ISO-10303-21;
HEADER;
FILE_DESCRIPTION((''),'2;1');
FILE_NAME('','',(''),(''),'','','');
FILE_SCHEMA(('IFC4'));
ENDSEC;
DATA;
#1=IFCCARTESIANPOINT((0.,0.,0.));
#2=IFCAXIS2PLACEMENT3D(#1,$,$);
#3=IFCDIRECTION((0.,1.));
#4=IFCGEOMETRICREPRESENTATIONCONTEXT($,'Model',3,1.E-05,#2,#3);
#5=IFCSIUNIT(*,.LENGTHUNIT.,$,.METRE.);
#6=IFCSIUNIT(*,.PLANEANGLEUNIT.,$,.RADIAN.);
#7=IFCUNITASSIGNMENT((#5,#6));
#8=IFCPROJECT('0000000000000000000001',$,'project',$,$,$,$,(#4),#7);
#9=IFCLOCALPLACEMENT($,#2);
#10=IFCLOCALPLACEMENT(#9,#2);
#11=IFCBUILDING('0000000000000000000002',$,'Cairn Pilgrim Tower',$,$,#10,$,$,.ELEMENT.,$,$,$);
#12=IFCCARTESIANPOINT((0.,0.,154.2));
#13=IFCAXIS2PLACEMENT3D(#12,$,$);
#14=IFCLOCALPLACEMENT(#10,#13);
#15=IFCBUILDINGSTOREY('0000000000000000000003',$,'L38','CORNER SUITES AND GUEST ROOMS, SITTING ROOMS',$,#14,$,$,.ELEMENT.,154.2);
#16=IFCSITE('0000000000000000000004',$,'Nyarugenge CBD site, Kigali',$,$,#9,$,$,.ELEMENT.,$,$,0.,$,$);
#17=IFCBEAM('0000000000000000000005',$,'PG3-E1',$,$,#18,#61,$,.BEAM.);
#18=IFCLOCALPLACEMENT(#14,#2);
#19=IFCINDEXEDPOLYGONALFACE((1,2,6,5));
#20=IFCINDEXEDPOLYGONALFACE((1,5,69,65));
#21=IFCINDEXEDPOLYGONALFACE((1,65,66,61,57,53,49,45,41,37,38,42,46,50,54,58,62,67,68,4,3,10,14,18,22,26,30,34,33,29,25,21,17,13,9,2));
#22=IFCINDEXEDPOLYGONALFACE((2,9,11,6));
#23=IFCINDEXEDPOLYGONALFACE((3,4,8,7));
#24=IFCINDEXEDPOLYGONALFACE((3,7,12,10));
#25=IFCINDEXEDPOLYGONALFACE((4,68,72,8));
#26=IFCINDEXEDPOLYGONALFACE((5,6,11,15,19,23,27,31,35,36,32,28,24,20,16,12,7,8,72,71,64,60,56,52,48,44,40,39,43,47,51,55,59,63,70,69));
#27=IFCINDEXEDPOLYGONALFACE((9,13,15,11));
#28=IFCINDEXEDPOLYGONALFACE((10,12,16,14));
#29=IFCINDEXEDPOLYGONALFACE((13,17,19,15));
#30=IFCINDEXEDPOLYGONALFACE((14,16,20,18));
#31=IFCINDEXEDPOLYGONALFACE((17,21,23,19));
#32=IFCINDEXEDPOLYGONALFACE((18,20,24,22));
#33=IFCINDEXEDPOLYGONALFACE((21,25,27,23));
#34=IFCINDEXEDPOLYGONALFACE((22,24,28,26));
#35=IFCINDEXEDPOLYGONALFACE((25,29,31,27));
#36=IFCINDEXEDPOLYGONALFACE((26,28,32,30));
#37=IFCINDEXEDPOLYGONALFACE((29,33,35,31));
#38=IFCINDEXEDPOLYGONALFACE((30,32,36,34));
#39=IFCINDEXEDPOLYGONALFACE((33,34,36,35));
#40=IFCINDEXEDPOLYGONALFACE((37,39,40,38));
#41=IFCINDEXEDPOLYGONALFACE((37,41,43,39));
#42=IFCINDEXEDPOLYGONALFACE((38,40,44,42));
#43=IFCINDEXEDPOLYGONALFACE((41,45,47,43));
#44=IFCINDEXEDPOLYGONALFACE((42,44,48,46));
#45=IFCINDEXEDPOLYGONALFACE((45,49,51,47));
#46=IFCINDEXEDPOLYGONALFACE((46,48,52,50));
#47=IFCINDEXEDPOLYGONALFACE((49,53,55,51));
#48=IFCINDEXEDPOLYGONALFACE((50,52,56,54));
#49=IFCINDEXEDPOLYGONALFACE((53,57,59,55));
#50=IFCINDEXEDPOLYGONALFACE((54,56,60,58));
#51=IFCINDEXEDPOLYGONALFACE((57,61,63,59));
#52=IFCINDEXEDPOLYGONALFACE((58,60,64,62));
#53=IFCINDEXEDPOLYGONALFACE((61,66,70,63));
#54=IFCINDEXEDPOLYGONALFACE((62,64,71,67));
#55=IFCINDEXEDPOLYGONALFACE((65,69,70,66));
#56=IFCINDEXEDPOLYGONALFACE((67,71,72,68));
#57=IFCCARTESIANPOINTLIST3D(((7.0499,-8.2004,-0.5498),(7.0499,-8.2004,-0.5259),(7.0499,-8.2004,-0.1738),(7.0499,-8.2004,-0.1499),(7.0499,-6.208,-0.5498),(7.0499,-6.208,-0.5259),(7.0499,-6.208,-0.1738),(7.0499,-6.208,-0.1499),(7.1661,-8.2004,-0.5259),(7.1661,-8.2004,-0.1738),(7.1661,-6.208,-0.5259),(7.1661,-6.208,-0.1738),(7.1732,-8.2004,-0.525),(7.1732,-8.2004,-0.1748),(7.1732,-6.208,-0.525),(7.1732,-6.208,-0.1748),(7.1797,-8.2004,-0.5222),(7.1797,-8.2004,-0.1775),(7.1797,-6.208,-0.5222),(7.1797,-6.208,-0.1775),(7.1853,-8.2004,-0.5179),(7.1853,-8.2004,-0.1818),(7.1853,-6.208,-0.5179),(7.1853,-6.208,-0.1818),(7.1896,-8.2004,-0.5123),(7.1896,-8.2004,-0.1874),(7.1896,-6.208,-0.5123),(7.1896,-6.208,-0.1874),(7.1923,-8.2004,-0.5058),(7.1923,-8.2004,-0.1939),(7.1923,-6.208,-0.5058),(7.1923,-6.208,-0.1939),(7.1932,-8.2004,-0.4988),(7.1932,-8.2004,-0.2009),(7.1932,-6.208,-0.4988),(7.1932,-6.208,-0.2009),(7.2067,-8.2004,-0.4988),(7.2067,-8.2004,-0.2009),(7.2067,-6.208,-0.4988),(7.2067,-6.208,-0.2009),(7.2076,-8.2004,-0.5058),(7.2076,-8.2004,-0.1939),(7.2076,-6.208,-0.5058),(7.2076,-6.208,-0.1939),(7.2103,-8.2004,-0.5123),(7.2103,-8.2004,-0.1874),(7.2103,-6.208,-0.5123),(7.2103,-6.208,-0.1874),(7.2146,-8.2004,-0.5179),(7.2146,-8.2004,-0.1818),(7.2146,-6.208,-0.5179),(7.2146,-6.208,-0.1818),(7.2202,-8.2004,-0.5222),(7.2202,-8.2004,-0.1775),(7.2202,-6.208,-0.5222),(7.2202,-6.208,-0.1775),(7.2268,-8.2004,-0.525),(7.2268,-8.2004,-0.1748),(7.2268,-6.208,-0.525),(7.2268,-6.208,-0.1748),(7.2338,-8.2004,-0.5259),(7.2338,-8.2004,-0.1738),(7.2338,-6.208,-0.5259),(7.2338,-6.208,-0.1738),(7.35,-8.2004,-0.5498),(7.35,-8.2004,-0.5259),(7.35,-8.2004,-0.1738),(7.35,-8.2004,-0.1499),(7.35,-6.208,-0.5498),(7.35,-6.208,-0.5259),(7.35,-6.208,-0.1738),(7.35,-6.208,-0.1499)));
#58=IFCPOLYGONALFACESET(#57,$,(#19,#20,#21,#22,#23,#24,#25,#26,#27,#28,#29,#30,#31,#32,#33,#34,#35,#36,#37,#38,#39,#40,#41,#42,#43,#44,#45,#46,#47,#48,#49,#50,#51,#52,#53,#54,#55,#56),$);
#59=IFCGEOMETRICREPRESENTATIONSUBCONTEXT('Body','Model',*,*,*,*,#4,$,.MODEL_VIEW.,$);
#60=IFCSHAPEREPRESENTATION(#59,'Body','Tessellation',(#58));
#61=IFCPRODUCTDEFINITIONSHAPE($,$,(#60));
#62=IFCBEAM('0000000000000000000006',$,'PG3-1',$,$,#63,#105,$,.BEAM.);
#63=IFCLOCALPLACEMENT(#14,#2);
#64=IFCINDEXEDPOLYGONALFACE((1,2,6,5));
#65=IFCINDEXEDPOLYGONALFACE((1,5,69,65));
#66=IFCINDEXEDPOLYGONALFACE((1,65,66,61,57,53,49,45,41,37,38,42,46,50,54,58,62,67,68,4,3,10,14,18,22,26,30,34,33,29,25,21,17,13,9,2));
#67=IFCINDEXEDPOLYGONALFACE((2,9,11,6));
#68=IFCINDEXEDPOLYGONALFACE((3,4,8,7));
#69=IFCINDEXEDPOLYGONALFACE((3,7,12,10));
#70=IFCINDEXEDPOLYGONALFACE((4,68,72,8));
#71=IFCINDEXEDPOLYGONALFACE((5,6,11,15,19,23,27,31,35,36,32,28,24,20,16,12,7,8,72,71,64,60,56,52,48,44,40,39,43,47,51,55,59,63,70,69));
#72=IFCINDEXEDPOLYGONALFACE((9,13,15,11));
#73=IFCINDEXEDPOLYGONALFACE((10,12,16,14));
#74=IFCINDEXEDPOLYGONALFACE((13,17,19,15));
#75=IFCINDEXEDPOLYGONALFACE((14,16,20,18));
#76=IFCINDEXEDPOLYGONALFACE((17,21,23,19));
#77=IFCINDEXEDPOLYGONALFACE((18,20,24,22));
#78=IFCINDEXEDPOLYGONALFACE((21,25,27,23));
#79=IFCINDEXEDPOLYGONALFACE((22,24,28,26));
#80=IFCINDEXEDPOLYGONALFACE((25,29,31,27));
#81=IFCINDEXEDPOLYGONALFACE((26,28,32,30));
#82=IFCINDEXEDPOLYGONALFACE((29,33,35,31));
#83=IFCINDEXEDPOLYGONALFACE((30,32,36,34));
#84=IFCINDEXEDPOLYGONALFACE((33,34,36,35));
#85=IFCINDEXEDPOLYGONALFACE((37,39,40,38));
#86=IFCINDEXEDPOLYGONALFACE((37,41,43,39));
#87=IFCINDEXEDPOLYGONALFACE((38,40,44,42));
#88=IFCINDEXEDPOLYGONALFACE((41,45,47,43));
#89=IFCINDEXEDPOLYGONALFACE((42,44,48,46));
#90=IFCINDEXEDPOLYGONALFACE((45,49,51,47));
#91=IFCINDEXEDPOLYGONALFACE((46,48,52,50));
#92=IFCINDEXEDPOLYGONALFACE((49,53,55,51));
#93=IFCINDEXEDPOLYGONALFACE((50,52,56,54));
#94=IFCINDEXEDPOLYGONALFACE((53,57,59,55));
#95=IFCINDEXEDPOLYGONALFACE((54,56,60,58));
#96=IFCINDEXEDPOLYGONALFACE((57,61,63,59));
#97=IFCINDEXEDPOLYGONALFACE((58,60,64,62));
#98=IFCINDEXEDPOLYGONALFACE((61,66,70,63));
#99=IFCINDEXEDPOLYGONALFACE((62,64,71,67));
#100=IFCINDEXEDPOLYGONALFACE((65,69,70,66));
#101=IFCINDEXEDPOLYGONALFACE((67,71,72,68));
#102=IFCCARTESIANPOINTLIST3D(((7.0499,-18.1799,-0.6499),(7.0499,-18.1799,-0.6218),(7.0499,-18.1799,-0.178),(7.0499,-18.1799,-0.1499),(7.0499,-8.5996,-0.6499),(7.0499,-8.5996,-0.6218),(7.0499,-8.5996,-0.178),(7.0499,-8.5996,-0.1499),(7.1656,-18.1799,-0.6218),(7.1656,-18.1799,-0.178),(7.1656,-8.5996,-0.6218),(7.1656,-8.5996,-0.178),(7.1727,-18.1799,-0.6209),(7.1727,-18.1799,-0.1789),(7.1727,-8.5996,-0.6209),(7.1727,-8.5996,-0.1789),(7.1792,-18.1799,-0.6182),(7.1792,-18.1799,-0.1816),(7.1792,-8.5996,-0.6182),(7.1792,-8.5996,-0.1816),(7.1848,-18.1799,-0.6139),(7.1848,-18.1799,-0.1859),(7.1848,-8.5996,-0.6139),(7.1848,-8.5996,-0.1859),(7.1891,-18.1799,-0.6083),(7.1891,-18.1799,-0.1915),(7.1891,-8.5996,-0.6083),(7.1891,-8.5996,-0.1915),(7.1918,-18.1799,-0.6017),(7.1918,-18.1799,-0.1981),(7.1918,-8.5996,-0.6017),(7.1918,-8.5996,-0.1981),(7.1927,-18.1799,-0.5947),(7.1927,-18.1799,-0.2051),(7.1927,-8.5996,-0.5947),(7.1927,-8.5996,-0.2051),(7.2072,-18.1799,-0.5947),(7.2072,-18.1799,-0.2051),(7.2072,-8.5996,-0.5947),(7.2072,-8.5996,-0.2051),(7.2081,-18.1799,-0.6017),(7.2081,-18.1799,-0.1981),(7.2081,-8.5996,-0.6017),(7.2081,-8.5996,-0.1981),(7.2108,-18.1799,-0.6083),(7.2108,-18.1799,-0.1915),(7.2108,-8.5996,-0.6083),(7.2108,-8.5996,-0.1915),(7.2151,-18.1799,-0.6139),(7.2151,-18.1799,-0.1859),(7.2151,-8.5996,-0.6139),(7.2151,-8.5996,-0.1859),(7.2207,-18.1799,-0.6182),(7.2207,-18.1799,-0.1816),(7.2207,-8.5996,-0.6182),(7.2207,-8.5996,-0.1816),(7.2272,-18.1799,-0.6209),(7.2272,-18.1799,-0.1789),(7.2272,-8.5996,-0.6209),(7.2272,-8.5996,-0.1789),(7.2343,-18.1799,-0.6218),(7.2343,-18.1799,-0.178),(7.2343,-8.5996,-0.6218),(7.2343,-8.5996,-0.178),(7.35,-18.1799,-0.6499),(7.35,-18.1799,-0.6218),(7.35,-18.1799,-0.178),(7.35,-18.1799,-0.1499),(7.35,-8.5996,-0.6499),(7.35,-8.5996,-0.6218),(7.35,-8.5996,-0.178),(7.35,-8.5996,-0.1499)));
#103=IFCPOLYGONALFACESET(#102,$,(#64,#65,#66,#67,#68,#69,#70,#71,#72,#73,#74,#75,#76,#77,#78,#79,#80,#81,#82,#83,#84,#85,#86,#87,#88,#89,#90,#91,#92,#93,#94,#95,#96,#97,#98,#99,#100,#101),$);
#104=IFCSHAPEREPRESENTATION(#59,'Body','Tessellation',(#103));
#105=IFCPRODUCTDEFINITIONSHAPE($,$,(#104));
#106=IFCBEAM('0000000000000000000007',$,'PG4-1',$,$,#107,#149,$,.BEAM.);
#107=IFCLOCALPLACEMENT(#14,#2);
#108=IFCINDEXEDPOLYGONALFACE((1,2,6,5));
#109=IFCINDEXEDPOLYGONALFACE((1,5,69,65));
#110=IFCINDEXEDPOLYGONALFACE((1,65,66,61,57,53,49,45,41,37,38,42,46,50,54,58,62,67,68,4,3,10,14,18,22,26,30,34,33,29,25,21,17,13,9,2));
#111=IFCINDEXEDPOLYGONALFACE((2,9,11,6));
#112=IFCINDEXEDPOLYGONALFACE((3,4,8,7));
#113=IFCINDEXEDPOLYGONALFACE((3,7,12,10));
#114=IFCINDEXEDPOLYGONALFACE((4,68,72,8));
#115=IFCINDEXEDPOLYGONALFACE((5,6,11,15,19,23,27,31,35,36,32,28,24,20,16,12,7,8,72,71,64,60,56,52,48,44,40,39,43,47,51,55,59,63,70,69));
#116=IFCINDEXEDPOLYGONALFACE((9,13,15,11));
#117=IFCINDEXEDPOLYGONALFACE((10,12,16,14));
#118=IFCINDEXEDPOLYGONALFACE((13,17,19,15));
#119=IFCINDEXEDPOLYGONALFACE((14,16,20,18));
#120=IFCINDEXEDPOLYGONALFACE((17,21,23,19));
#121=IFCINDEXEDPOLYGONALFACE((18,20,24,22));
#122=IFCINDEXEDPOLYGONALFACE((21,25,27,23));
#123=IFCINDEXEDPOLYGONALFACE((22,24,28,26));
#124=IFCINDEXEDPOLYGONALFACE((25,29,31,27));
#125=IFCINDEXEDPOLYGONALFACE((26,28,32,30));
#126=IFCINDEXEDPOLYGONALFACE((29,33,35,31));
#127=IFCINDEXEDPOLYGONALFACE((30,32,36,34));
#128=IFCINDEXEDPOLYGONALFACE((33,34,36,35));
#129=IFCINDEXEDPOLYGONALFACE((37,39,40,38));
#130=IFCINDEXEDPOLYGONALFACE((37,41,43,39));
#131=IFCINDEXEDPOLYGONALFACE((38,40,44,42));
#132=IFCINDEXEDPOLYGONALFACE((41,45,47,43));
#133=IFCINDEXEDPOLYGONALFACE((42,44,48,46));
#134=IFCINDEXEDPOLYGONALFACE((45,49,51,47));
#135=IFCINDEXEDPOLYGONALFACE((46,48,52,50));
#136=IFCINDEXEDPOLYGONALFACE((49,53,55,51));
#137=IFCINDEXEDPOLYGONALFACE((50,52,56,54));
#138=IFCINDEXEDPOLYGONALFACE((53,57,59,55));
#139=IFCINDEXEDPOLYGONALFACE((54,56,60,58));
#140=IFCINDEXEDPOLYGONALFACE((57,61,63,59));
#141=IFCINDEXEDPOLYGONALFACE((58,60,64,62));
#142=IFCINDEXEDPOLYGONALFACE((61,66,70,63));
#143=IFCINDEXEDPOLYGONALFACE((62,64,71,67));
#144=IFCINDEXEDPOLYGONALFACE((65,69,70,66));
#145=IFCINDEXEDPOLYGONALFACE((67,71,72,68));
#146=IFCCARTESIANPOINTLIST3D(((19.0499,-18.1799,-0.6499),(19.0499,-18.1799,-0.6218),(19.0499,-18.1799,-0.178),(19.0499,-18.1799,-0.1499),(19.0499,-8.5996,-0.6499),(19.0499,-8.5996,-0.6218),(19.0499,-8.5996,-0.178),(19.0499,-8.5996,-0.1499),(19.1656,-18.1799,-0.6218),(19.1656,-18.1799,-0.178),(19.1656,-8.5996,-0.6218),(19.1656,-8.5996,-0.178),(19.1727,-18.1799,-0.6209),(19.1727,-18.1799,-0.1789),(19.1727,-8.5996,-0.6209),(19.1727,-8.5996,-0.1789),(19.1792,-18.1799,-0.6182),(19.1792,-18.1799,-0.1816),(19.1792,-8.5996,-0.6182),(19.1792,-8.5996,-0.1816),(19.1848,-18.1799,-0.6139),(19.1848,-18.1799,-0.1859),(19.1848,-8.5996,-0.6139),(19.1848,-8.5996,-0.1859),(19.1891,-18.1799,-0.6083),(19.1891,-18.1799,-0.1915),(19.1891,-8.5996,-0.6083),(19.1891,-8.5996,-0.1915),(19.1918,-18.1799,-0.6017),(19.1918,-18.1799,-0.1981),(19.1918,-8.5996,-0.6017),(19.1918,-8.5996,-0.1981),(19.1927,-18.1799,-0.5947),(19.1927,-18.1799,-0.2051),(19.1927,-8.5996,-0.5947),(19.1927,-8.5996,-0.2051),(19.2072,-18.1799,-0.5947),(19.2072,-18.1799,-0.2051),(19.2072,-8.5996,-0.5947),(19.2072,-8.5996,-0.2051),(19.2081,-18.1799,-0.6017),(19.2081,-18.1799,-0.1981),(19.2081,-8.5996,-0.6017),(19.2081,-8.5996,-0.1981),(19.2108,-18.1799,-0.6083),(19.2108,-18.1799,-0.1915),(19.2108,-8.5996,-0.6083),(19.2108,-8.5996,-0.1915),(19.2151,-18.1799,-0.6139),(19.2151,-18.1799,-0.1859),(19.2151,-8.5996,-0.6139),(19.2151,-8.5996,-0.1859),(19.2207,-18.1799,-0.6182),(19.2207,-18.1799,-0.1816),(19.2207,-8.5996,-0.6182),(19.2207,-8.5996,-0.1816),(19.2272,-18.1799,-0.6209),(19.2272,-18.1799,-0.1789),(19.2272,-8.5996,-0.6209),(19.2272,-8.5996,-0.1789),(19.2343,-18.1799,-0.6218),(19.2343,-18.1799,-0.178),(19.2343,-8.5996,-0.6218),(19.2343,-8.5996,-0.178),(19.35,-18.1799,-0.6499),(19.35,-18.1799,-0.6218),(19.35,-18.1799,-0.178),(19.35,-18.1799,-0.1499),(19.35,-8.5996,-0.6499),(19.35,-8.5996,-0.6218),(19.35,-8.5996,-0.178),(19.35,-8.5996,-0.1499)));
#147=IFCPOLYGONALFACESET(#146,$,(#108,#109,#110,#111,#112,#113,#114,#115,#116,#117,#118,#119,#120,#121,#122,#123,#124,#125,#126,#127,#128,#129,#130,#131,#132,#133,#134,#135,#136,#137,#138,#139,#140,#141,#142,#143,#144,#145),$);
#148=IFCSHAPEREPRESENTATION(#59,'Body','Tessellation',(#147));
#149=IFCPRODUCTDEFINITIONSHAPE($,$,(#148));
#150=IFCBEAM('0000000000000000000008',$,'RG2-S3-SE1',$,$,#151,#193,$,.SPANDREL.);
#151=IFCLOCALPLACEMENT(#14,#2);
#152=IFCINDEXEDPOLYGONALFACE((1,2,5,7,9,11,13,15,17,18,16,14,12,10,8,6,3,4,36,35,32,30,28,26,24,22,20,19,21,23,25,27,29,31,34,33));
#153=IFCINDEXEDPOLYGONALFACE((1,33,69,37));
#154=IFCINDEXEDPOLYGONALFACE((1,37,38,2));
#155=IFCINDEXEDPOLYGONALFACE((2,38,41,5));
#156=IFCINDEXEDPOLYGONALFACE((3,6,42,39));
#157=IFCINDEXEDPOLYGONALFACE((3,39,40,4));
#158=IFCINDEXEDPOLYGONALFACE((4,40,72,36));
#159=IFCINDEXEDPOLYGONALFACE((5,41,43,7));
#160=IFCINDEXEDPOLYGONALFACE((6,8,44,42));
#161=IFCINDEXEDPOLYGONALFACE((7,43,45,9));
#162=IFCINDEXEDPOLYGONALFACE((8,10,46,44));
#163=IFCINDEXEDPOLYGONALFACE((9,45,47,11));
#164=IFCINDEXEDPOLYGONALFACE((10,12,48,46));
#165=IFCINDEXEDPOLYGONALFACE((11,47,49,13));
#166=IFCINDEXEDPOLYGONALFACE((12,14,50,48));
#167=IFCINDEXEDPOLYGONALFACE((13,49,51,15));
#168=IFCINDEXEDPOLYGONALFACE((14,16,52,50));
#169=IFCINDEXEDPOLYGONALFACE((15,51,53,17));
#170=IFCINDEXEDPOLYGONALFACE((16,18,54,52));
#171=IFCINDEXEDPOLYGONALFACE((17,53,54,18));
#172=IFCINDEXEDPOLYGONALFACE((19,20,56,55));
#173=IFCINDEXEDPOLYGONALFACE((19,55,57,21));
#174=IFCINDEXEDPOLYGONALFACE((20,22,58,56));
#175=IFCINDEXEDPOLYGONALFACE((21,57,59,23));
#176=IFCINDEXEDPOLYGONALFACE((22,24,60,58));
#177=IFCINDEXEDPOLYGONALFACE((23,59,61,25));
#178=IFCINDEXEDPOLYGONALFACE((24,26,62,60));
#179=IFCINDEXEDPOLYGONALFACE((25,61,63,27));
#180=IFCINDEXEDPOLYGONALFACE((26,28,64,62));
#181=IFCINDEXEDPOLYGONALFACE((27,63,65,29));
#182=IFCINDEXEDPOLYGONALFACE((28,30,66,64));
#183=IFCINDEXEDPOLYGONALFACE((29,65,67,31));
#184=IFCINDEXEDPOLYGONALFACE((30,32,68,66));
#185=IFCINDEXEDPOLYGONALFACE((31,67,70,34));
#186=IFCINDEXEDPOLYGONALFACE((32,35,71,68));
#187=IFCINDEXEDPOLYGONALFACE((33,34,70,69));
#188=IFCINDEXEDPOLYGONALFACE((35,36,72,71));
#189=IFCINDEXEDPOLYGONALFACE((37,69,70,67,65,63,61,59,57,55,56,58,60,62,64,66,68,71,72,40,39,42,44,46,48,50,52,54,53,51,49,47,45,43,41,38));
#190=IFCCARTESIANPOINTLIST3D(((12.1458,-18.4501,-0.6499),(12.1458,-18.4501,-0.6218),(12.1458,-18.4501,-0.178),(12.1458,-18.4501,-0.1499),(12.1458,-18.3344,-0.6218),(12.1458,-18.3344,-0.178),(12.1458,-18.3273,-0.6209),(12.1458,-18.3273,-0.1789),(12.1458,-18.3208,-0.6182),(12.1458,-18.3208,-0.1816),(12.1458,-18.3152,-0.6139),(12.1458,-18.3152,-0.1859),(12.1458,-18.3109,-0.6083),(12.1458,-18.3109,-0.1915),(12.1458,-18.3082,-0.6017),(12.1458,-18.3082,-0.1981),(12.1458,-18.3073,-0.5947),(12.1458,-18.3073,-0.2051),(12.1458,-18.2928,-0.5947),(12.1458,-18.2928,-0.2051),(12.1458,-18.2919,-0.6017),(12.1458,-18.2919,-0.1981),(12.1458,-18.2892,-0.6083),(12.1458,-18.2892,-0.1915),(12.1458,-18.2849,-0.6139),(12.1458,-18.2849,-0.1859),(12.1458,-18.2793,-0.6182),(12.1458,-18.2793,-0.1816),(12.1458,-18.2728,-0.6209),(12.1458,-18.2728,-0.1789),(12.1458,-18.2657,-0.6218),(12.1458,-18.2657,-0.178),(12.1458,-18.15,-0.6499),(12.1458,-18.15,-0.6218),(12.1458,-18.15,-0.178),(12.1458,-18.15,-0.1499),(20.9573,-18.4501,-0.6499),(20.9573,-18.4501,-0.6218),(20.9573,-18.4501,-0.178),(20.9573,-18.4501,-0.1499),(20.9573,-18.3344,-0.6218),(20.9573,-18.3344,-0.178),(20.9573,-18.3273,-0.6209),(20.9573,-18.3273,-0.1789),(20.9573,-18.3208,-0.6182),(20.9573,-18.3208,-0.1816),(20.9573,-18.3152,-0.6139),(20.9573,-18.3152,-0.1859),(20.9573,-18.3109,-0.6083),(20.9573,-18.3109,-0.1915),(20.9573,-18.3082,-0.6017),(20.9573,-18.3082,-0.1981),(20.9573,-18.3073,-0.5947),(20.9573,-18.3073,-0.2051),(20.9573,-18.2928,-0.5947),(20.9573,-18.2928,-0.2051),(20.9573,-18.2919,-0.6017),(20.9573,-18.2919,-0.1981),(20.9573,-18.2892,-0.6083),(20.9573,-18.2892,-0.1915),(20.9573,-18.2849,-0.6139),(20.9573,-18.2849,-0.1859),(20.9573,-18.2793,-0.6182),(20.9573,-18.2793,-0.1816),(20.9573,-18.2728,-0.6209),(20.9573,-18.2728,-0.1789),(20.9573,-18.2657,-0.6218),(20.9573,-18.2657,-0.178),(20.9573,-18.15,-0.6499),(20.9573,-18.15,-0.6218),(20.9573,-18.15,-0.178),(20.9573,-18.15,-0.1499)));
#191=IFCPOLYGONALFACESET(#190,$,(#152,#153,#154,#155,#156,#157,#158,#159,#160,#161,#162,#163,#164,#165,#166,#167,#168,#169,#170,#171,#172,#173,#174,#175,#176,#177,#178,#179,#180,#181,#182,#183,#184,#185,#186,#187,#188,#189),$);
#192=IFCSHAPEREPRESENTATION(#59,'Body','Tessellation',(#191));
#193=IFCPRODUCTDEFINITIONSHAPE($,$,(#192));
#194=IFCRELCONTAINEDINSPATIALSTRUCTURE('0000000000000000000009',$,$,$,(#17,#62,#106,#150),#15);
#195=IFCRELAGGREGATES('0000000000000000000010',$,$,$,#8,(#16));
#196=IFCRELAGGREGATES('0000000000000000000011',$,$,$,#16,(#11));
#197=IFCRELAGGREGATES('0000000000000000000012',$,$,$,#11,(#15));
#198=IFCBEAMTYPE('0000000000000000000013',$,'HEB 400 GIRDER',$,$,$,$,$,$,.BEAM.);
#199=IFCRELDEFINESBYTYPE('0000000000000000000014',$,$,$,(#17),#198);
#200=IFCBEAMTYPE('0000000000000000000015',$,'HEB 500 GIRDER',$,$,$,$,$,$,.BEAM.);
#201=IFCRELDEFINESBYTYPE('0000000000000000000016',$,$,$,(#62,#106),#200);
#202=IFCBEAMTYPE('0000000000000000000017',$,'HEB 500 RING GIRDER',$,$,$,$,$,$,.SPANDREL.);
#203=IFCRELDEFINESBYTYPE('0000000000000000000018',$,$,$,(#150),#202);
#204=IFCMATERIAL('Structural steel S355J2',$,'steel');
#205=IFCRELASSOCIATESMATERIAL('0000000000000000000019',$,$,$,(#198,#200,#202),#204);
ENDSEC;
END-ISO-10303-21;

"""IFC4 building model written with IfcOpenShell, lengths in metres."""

from ifc_helpers import new_model, si_unit, direction, frame, origin, origin_2d, place, context, subcontext, project, spatial, i_section, extrude, material, material_profile, profile_set, type_object, element, save


model = new_model("IFC4")

# Units and contexts
model_context = context("Model", 3, precision=1e-05, world=origin(), true_north=direction((0.0, 1.0)))
body_context = subcontext(model_context, "Body", "Model", "MODEL_VIEW")
ifc_project = project(units=[si_unit("LENGTHUNIT", "METRE"), si_unit("PLANEANGLEUNIT", "RADIAN")], contexts=[model_context])

# Site, building, storey
site_placement = place(None, origin())
site = spatial("IfcSite", under=ifc_project, at=site_placement, Name="Nyarugenge CBD site, Kigali", CompositionType="ELEMENT", RefElevation=0.0)
building_placement = place(site_placement, origin())
building = spatial("IfcBuilding", under=site, at=building_placement, Name="Cairn Pilgrim Tower", CompositionType="ELEMENT")
storey_placement = place(building_placement, frame((0.0, 0.0, 154.2)))
storey = spatial("IfcBuildingStorey", under=building, at=storey_placement, Name="L38", Description="CORNER SUITES AND GUEST ROOMS, SITTING ROOMS", CompositionType="ELEMENT", Elevation=154.2)

# Shared definitions
ifc_material_1 = material(Name="Structural steel S355J2", Category="steel")

# Beams
ifc_material_profile_1 = material_profile(ifc_material_1, i_section(OverallWidth=0.3, OverallDepth=0.3999, WebThickness=0.0134, FlangeThickness=0.0239, FilletRadius=0.0271, at=origin_2d()), Name="HEB 400")
ifc_profile_set_1 = profile_set([ifc_material_profile_1], Name="Structural steel S355J2")
beam_type_1 = type_object("IfcBeamType", Name="HEB 400 GIRDER", PredefinedType="BEAM", material=ifc_profile_set_1)
beam_1_placement = place(storey_placement, frame((7.2, -8.2004, -0.3499), z_axis=(0.0, 1.0, 0.0), x_axis=(-1.0, 0.0, 0.0)))
element("IfcBeam", 1, at=beam_1_placement, inside=storey, type_object=beam_type_1, Name="PG3-E1", PredefinedType="BEAM", context=body_context, shape_type="SweptSolid", body=[
    extrude(i_section(OverallWidth=0.3, OverallDepth=0.3999, WebThickness=0.0134, FlangeThickness=0.0239, FilletRadius=0.0271, at=origin_2d()), origin(), (0.0, 0.0, 1.0), 1.9924),
])
ifc_material_profile_2 = material_profile(ifc_material_1, i_section(OverallWidth=0.3, OverallDepth=0.5, WebThickness=0.0144, FlangeThickness=0.0281, FilletRadius=0.0271, at=origin_2d()), Name="HEB 500")
ifc_profile_set_2 = profile_set([ifc_material_profile_2], Name="Structural steel S355J2")
beam_type_2 = type_object("IfcBeamType", Name="HEB 500 GIRDER", PredefinedType="BEAM", material=ifc_profile_set_2)
for number, where, z_axis, x_axis, name in (
    (2, (7.2, -18.1799, -0.3999), (0.0, 1.0, 0.0), (-1.0, 0.0, 0.0), "PG3-1"),
    (3, (19.2, -18.1799, -0.3999), (0.0, 1.0, 0.0), (-1.0, 0.0, 0.0), "PG4-1"),
):
    element("IfcBeam", number, at=place(storey_placement, frame(where, z_axis=z_axis, x_axis=x_axis)), inside=storey, type_object=beam_type_2, Name=name, PredefinedType="BEAM", context=body_context, shape_type="SweptSolid", body=[
        extrude(i_section(OverallWidth=0.3, OverallDepth=0.5, WebThickness=0.0144, FlangeThickness=0.0281, FilletRadius=0.0271, at=origin_2d()), origin(), (0.0, 0.0, 1.0), 9.5803),
    ])
ifc_material_profile_3 = material_profile(ifc_material_1, i_section(OverallWidth=0.3, OverallDepth=0.5, WebThickness=0.0144, FlangeThickness=0.0281, FilletRadius=0.0271, at=origin_2d()), Name="HEB 500")
ifc_profile_set_3 = profile_set([ifc_material_profile_3], Name="Structural steel S355J2")
beam_type_3 = type_object("IfcBeamType", Name="HEB 500 RING GIRDER", PredefinedType="SPANDREL", material=ifc_profile_set_3)
beam_2_placement = place(storey_placement, frame((12.1458, -18.3, -0.3999), z_axis=(1.0, 0.0, 0.0), x_axis=(0.0, 1.0, 0.0)))
element("IfcBeam", 4, at=beam_2_placement, inside=storey, type_object=beam_type_3, Name="RG2-S3-SE1", PredefinedType="SPANDREL", context=body_context, shape_type="SweptSolid", body=[
    extrude(i_section(OverallWidth=0.3, OverallDepth=0.5, WebThickness=0.0144, FlangeThickness=0.0281, FilletRadius=0.0271, at=origin_2d()), origin(), (0.0, 0.0, 1.0), 8.8115),
])

save(model, "model.ifc")
